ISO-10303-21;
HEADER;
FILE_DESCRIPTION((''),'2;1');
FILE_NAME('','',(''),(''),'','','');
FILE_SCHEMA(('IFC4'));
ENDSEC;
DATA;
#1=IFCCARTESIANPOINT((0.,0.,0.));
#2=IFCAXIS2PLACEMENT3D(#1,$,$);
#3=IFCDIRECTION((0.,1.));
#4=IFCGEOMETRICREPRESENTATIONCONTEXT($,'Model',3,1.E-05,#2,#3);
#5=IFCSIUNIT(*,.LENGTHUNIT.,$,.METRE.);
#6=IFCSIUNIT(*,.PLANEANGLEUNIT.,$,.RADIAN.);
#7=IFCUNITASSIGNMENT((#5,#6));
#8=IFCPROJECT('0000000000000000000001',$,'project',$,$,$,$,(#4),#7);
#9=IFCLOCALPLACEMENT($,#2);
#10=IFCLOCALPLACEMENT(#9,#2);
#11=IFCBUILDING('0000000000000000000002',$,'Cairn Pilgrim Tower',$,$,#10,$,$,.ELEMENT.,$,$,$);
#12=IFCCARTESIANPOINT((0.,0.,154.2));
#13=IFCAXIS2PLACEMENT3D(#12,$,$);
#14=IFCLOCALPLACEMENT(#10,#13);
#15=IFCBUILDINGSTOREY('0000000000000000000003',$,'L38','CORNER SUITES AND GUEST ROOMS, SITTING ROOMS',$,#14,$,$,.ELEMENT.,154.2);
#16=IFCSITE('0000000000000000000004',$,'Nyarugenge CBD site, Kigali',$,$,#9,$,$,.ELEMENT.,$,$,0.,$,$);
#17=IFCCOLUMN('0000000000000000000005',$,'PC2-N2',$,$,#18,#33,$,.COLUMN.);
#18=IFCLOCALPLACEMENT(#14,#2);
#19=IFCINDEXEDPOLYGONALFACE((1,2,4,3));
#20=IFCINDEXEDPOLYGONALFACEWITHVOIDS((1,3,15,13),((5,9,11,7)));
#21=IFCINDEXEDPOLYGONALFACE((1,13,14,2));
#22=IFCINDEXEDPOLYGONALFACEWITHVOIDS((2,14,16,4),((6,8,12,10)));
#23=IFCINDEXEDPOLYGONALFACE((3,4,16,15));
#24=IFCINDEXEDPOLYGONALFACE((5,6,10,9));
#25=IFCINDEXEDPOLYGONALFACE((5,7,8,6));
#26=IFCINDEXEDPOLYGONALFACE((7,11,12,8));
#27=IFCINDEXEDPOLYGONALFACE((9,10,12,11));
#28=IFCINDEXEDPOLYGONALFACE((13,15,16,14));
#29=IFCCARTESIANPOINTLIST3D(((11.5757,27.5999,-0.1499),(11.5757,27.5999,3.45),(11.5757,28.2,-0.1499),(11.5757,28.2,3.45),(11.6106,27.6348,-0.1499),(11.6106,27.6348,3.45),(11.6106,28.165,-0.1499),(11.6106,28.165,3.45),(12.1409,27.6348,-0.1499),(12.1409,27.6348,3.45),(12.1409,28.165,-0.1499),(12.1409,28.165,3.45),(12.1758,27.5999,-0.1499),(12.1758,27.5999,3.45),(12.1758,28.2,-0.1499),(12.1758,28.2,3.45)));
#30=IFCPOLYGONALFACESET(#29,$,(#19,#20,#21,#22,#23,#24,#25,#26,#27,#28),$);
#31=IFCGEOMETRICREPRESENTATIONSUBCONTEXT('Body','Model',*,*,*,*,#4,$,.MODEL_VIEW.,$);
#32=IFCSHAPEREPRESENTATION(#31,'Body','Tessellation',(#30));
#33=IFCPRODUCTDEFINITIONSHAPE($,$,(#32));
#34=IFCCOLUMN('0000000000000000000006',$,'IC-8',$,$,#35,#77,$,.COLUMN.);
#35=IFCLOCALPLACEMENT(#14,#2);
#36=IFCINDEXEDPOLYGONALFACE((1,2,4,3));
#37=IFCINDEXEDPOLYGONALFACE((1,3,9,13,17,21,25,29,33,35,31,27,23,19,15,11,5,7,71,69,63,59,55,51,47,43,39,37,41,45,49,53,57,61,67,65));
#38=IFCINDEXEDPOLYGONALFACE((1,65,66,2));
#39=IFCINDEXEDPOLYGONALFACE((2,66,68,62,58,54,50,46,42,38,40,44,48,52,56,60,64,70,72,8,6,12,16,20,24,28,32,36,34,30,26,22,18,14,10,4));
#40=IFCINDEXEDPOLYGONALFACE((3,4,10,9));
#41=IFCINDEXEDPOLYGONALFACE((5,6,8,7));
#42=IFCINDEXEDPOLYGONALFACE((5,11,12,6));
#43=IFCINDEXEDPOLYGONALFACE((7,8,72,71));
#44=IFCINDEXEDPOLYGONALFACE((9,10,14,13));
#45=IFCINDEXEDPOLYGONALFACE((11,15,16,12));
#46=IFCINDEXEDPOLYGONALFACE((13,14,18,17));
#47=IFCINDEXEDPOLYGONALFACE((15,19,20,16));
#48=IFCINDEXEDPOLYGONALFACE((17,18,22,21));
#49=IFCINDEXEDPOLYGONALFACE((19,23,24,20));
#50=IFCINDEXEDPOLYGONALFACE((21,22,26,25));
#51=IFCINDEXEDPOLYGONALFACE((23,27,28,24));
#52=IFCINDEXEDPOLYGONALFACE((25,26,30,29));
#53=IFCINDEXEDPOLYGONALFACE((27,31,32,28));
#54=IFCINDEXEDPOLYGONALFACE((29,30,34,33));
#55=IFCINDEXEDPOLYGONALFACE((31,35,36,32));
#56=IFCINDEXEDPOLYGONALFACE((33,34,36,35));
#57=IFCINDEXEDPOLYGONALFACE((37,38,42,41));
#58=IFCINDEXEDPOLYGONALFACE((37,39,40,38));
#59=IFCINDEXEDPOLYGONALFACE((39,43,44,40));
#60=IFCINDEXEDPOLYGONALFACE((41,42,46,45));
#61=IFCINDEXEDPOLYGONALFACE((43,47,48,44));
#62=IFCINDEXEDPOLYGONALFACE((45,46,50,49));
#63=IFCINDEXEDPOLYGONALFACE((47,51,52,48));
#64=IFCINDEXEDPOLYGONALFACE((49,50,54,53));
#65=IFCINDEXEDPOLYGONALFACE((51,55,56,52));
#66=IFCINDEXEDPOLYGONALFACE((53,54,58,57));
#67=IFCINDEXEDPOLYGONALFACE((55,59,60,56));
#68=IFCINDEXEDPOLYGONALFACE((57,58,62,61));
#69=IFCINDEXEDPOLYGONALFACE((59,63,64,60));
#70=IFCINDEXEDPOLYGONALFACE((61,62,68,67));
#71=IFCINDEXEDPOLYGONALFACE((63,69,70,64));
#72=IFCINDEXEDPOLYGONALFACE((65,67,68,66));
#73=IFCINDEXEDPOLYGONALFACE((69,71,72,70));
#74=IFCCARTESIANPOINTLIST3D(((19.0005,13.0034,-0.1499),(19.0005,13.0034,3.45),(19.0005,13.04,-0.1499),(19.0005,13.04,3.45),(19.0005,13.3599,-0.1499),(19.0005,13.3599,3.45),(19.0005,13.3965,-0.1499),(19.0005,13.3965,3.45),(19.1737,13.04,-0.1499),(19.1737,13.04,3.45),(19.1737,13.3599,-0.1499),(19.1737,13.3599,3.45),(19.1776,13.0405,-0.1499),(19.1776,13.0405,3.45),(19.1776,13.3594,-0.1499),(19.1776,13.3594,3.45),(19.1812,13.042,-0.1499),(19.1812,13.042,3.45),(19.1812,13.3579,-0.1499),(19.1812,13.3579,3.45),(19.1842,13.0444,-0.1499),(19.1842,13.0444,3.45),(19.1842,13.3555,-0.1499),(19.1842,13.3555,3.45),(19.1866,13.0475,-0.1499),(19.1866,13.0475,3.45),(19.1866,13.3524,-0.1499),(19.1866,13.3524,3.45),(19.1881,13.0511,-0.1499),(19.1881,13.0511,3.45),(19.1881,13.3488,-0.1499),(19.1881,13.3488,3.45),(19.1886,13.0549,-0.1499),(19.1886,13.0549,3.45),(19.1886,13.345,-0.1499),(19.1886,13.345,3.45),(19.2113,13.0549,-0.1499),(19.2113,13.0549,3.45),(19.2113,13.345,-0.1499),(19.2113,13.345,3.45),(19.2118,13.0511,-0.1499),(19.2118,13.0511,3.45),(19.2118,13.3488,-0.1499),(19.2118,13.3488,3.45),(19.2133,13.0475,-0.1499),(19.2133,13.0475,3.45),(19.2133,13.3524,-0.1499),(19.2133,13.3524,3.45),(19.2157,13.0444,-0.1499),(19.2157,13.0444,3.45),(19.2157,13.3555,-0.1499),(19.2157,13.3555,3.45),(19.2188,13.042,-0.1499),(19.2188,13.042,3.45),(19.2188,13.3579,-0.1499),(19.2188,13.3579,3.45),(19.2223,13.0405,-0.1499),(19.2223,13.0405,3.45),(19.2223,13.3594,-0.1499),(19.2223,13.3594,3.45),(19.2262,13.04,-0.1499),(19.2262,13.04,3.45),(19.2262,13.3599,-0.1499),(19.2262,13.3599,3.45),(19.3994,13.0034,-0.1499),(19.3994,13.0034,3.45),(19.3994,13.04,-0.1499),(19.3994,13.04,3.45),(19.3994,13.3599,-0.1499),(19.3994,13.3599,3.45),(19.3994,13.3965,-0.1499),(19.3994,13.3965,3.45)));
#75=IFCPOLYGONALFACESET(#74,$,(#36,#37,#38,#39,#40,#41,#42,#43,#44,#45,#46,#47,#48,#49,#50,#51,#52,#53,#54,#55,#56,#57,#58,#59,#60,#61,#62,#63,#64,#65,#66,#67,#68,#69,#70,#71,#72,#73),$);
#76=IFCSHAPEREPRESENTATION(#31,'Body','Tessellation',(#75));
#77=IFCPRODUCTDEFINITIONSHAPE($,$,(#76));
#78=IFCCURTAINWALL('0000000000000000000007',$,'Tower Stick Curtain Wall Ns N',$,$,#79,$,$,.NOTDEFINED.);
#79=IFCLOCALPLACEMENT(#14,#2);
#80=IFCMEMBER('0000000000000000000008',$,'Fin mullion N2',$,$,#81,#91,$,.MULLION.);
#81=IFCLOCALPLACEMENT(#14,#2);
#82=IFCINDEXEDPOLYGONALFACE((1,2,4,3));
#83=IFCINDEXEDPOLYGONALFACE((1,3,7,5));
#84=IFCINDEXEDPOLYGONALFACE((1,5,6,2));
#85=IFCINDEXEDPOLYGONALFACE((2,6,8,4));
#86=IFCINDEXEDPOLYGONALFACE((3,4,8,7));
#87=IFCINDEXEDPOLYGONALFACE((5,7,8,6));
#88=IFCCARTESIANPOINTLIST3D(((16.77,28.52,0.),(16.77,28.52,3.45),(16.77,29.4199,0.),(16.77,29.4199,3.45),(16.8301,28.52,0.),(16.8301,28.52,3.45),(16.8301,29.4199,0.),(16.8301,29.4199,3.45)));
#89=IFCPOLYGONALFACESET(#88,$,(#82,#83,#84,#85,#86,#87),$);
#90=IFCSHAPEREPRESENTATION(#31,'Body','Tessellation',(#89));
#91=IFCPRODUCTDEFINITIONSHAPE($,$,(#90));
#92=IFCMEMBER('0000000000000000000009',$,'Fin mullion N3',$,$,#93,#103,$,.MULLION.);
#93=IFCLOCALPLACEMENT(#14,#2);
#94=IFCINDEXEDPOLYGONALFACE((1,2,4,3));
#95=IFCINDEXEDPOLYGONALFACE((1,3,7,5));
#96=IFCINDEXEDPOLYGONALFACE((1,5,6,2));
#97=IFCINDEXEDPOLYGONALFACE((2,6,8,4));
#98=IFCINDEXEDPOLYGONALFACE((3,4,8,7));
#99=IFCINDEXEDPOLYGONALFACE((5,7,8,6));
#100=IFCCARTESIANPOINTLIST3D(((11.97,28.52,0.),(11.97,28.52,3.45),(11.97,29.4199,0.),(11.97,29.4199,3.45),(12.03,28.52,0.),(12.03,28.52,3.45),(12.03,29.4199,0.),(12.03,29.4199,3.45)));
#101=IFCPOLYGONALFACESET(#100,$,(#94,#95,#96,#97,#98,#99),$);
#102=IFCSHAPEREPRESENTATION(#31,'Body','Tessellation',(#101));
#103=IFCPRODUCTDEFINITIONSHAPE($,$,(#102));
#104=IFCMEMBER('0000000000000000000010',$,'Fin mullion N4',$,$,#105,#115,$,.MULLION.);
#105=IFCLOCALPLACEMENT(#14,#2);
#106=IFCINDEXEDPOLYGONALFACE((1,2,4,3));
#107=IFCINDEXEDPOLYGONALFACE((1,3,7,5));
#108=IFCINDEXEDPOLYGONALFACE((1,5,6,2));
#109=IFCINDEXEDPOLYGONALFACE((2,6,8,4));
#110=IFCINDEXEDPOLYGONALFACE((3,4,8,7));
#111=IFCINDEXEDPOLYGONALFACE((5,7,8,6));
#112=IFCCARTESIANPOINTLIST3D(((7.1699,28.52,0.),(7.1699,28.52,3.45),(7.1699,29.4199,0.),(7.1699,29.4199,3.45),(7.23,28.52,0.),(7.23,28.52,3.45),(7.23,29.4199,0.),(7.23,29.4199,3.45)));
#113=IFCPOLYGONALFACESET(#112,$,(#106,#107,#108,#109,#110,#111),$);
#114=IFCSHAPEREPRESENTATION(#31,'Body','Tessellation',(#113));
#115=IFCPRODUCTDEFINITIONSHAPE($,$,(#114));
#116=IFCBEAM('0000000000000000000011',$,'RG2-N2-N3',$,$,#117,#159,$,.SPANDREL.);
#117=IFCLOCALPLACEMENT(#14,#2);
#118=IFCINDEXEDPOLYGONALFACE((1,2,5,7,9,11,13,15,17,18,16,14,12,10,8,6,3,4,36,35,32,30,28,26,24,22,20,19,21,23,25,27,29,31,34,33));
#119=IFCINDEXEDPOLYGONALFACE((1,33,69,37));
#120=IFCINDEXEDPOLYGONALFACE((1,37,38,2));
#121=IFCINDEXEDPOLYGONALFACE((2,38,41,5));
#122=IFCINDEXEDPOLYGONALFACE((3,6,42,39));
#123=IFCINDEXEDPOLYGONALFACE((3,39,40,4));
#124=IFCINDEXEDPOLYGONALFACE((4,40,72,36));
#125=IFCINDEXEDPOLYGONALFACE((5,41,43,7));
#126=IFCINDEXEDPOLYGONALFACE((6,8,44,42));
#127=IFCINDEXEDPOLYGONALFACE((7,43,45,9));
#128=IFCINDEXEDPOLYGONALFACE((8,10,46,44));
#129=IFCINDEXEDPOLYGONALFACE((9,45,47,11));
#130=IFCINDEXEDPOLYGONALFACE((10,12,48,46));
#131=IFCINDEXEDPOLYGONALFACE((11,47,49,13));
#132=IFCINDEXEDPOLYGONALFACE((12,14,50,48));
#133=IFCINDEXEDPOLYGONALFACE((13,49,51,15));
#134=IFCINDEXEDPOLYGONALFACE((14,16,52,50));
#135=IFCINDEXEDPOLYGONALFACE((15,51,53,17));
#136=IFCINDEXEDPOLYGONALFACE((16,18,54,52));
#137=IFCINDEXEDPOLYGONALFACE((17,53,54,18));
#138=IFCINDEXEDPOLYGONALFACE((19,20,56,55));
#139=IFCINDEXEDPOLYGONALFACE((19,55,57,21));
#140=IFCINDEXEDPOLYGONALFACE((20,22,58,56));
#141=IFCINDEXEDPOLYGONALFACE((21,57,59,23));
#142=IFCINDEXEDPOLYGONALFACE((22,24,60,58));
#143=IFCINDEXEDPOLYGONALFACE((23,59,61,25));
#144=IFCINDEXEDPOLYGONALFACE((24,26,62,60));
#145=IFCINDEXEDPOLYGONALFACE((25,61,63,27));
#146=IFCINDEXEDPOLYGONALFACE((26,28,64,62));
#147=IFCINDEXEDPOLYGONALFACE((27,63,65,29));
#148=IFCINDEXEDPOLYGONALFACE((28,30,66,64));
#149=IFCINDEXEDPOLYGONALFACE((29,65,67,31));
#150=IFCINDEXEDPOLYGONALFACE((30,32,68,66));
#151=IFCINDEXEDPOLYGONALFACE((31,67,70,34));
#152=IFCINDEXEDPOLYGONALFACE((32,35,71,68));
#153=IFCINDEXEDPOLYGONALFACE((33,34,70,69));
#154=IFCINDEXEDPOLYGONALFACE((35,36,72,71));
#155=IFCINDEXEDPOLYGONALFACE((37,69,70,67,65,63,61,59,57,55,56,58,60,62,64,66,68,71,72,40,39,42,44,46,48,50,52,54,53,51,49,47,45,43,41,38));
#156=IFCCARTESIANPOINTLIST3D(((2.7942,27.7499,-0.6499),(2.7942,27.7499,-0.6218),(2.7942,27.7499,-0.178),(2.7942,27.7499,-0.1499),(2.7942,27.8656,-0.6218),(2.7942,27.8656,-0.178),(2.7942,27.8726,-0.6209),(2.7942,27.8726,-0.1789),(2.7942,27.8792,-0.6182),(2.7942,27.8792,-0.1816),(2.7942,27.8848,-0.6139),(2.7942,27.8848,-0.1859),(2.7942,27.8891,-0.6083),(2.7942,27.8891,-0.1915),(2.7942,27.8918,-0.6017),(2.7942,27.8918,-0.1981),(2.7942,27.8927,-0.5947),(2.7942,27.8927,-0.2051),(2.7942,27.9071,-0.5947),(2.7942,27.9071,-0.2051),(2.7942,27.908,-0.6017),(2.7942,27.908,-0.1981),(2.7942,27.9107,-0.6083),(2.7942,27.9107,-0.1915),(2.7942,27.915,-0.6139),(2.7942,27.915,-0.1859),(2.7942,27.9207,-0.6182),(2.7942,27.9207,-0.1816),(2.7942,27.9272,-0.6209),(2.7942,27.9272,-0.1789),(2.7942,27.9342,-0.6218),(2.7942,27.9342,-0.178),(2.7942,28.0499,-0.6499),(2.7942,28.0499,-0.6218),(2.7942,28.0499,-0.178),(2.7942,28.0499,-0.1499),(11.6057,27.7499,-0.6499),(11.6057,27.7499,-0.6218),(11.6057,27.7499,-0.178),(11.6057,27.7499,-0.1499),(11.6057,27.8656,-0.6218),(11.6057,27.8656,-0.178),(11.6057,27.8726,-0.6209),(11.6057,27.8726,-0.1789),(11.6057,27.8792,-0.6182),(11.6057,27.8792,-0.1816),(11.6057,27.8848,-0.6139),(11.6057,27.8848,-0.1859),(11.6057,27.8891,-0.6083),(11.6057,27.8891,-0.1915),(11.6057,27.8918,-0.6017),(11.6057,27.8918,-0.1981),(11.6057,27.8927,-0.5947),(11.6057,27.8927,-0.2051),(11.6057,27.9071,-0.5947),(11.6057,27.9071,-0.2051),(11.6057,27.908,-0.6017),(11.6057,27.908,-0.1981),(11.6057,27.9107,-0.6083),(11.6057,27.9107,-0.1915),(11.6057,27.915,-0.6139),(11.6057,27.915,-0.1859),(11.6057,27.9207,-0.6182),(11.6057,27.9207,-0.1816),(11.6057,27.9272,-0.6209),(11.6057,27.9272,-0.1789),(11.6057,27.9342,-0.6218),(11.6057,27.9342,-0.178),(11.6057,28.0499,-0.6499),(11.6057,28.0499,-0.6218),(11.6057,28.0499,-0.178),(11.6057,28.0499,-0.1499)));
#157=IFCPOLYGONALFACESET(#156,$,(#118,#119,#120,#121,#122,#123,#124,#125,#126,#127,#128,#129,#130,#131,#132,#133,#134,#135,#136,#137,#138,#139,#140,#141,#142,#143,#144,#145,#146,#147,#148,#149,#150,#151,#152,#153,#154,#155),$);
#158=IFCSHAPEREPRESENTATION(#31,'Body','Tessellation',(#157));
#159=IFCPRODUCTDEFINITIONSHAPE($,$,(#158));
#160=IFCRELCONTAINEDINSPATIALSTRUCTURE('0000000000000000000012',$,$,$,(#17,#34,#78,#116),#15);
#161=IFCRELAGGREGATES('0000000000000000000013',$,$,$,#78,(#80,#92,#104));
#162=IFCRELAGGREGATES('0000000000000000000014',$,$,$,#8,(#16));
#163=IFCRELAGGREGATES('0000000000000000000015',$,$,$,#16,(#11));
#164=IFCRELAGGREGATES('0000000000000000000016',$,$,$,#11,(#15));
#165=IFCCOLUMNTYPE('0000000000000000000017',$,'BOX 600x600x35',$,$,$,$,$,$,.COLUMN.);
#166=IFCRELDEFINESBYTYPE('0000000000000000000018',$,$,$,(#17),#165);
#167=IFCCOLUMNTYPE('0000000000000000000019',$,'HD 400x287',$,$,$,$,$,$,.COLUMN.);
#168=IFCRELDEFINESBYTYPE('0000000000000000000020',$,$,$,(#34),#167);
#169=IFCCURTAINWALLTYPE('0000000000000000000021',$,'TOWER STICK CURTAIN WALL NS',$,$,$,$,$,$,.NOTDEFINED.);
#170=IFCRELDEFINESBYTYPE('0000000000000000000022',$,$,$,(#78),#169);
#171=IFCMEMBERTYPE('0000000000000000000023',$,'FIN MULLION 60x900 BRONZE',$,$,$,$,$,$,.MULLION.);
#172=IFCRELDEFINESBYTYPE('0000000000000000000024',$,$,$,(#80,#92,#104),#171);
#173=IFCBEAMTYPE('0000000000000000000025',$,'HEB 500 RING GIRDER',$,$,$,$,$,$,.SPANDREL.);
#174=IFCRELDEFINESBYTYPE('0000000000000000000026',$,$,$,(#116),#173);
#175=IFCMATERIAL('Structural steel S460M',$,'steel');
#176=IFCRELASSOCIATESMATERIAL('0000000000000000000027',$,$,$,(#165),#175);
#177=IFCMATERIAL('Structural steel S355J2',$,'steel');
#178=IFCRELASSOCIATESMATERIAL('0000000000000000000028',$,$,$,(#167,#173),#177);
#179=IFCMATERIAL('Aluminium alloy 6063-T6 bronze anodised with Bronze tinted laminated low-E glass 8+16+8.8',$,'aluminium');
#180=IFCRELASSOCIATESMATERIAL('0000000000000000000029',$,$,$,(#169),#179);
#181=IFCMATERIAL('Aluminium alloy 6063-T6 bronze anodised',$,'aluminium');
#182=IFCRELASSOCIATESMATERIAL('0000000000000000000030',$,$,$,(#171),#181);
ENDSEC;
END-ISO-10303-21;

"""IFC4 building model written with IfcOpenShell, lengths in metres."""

from ifc_helpers import new_model, si_unit, direction, frame, origin, origin_2d, place, context, subcontext, project, spatial, rectangle, hollow_rectangle, i_section, extrude, material, material_profile, profile_set, type_object, element, aggregate, save


model = new_model("IFC4")

# Units and contexts
model_context = context("Model", 3, precision=1e-05, world=origin(), true_north=direction((0.0, 1.0)))
body_context = subcontext(model_context, "Body", "Model", "MODEL_VIEW")
ifc_project = project(units=[si_unit("LENGTHUNIT", "METRE"), si_unit("PLANEANGLEUNIT", "RADIAN")], contexts=[model_context])

# Site, building, storey
site_placement = place(None, origin())
site = spatial("IfcSite", under=ifc_project, at=site_placement, Name="Nyarugenge CBD site, Kigali", CompositionType="ELEMENT", RefElevation=0.0)
building_placement = place(site_placement, origin())
building = spatial("IfcBuilding", under=site, at=building_placement, Name="Cairn Pilgrim Tower", CompositionType="ELEMENT")
storey_placement = place(building_placement, frame((0.0, 0.0, 154.2)))
storey = spatial("IfcBuildingStorey", under=building, at=storey_placement, Name="L38", Description="CORNER SUITES AND GUEST ROOMS, SITTING ROOMS", CompositionType="ELEMENT", Elevation=154.2)

# Columns
ifc_material_1 = material(Name="Structural steel S460M", Category="steel")
ifc_material_profile_1 = material_profile(ifc_material_1, hollow_rectangle(XDim=0.6001, YDim=0.6001, WallThickness=0.0349, at=origin_2d()), Name="BOX 600x600x35")
ifc_profile_set_1 = profile_set([ifc_material_profile_1], Name="Structural steel S460M")
column_type_1 = type_object("IfcColumnType", Name="BOX 600x600x35", PredefinedType="COLUMN", material=ifc_profile_set_1)
column_1_placement = place(storey_placement, frame((11.8757, 27.8999, -0.1499), z_axis=(0.0, 0.0, 1.0), x_axis=(1.0, 0.0, 0.0)))
element("IfcColumn", 1, at=column_1_placement, inside=storey, type_object=column_type_1, Name="PC2-N2", PredefinedType="COLUMN", context=body_context, shape_type="SweptSolid", body=[
    extrude(hollow_rectangle(XDim=0.6001, YDim=0.6001, WallThickness=0.0349, at=origin_2d()), origin(), (0.0, 0.0, 1.0), 3.5999),
])
ifc_material_2 = material(Name="Structural steel S355J2", Category="steel")
ifc_material_profile_2 = material_profile(ifc_material_2, i_section(OverallWidth=0.3989, OverallDepth=0.3931, WebThickness=0.0227, FlangeThickness=0.0366, FilletRadius=0.0149, at=origin_2d()), Name="HD 400x287")
ifc_profile_set_2 = profile_set([ifc_material_profile_2], Name="Structural steel S355J2")
column_type_2 = type_object("IfcColumnType", Name="HD 400x287", PredefinedType="COLUMN", material=ifc_profile_set_2)
column_2_placement = place(storey_placement, frame((19.2, 13.2, -0.1499), z_axis=(0.0, 0.0, 1.0), x_axis=(1.0, 0.0, 0.0)))
element("IfcColumn", 2, at=column_2_placement, inside=storey, type_object=column_type_2, Name="IC-8", PredefinedType="COLUMN", context=body_context, shape_type="SweptSolid", body=[
    extrude(i_section(OverallWidth=0.3989, OverallDepth=0.3931, WebThickness=0.0227, FlangeThickness=0.0366, FilletRadius=0.0149, at=origin_2d()), origin(), (0.0, 0.0, 1.0), 3.5999),
])

# Curtain wall, members
ifc_material_3 = material(Name="Aluminium alloy 6063-T6 bronze anodised with Bronze tinted laminated low-E glass 8+16+8.8", Category="aluminium")
curtain_wall_type = type_object("IfcCurtainWallType", Name="TOWER STICK CURTAIN WALL NS", PredefinedType="NOTDEFINED", material=ifc_material_3)
curtain_wall_placement = place(storey_placement, origin())
curtain_wall = element("IfcCurtainWall", 3, at=curtain_wall_placement, inside=storey, type_object=curtain_wall_type, Name="Tower Stick Curtain Wall Ns N", PredefinedType="NOTDEFINED")
ifc_material_4 = material(Name="Aluminium alloy 6063-T6 bronze anodised", Category="aluminium")
ifc_material_profile_3 = material_profile(ifc_material_4, rectangle(XDim=0.8999, YDim=0.0601, at=origin_2d()), Name="FIN MULLION 60x900 BRONZE")
ifc_profile_set_3 = profile_set([ifc_material_profile_3], Name="Aluminium alloy 6063-T6 bronze anodised")
member_type_1 = type_object("IfcMemberType", Name="FIN MULLION 60x900 BRONZE", PredefinedType="MULLION", material=ifc_profile_set_3)
member_1_placement = place(storey_placement, frame((16.8, 28.97, 0.0), z_axis=(0.0, 0.0, 1.0), x_axis=(0.0, 1.0, 0.0)))
member_1 = element("IfcMember", 4, at=member_1_placement, type_object=member_type_1, Name="Fin mullion N2", PredefinedType="MULLION", context=body_context, shape_type="SweptSolid", body=[
    extrude(rectangle(XDim=0.8999, YDim=0.0601, at=origin_2d()), origin(), (0.0, 0.0, 1.0), 3.45),
])
member_2_placement = place(storey_placement, frame((12.0, 28.97, 0.0), z_axis=(0.0, 0.0, 1.0), x_axis=(0.0, 1.0, 0.0)))
member_2 = element("IfcMember", 5, at=member_2_placement, type_object=member_type_1, Name="Fin mullion N3", PredefinedType="MULLION", context=body_context, shape_type="SweptSolid", body=[
    extrude(rectangle(XDim=0.8999, YDim=0.0601, at=origin_2d()), origin(), (0.0, 0.0, 1.0), 3.45),
])
member_3_placement = place(storey_placement, frame((7.2, 28.97, 0.0), z_axis=(0.0, 0.0, 1.0), x_axis=(0.0, 1.0, 0.0)))
member_3 = element("IfcMember", 6, at=member_3_placement, type_object=member_type_1, Name="Fin mullion N4", PredefinedType="MULLION", context=body_context, shape_type="SweptSolid", body=[
    extrude(rectangle(XDim=0.8999, YDim=0.0601, at=origin_2d()), origin(), (0.0, 0.0, 1.0), 3.45),
])

# Beam
ifc_material_profile_4 = material_profile(ifc_material_2, i_section(OverallWidth=0.3, OverallDepth=0.5, WebThickness=0.0144, FlangeThickness=0.0281, FilletRadius=0.0271, at=origin_2d()), Name="HEB 500")
ifc_profile_set_4 = profile_set([ifc_material_profile_4], Name="Structural steel S355J2")
beam_type_1 = type_object("IfcBeamType", Name="HEB 500 RING GIRDER", PredefinedType="SPANDREL", material=ifc_profile_set_4)
beam_1_placement = place(storey_placement, frame((11.6057, 27.8999, -0.3999), z_axis=(-1.0, 0.0, 0.0), x_axis=(0.0, -1.0, 0.0)))
element("IfcBeam", 7, at=beam_1_placement, inside=storey, type_object=beam_type_1, Name="RG2-N2-N3", PredefinedType="SPANDREL", context=body_context, shape_type="SweptSolid", body=[
    extrude(i_section(OverallWidth=0.3, OverallDepth=0.5, WebThickness=0.0144, FlangeThickness=0.0281, FilletRadius=0.0271, at=origin_2d()), origin(), (0.0, 0.0, 1.0), 8.8115),
])

aggregate(curtain_wall, [member_1, member_2, member_3])

save(model, "model.ifc")
